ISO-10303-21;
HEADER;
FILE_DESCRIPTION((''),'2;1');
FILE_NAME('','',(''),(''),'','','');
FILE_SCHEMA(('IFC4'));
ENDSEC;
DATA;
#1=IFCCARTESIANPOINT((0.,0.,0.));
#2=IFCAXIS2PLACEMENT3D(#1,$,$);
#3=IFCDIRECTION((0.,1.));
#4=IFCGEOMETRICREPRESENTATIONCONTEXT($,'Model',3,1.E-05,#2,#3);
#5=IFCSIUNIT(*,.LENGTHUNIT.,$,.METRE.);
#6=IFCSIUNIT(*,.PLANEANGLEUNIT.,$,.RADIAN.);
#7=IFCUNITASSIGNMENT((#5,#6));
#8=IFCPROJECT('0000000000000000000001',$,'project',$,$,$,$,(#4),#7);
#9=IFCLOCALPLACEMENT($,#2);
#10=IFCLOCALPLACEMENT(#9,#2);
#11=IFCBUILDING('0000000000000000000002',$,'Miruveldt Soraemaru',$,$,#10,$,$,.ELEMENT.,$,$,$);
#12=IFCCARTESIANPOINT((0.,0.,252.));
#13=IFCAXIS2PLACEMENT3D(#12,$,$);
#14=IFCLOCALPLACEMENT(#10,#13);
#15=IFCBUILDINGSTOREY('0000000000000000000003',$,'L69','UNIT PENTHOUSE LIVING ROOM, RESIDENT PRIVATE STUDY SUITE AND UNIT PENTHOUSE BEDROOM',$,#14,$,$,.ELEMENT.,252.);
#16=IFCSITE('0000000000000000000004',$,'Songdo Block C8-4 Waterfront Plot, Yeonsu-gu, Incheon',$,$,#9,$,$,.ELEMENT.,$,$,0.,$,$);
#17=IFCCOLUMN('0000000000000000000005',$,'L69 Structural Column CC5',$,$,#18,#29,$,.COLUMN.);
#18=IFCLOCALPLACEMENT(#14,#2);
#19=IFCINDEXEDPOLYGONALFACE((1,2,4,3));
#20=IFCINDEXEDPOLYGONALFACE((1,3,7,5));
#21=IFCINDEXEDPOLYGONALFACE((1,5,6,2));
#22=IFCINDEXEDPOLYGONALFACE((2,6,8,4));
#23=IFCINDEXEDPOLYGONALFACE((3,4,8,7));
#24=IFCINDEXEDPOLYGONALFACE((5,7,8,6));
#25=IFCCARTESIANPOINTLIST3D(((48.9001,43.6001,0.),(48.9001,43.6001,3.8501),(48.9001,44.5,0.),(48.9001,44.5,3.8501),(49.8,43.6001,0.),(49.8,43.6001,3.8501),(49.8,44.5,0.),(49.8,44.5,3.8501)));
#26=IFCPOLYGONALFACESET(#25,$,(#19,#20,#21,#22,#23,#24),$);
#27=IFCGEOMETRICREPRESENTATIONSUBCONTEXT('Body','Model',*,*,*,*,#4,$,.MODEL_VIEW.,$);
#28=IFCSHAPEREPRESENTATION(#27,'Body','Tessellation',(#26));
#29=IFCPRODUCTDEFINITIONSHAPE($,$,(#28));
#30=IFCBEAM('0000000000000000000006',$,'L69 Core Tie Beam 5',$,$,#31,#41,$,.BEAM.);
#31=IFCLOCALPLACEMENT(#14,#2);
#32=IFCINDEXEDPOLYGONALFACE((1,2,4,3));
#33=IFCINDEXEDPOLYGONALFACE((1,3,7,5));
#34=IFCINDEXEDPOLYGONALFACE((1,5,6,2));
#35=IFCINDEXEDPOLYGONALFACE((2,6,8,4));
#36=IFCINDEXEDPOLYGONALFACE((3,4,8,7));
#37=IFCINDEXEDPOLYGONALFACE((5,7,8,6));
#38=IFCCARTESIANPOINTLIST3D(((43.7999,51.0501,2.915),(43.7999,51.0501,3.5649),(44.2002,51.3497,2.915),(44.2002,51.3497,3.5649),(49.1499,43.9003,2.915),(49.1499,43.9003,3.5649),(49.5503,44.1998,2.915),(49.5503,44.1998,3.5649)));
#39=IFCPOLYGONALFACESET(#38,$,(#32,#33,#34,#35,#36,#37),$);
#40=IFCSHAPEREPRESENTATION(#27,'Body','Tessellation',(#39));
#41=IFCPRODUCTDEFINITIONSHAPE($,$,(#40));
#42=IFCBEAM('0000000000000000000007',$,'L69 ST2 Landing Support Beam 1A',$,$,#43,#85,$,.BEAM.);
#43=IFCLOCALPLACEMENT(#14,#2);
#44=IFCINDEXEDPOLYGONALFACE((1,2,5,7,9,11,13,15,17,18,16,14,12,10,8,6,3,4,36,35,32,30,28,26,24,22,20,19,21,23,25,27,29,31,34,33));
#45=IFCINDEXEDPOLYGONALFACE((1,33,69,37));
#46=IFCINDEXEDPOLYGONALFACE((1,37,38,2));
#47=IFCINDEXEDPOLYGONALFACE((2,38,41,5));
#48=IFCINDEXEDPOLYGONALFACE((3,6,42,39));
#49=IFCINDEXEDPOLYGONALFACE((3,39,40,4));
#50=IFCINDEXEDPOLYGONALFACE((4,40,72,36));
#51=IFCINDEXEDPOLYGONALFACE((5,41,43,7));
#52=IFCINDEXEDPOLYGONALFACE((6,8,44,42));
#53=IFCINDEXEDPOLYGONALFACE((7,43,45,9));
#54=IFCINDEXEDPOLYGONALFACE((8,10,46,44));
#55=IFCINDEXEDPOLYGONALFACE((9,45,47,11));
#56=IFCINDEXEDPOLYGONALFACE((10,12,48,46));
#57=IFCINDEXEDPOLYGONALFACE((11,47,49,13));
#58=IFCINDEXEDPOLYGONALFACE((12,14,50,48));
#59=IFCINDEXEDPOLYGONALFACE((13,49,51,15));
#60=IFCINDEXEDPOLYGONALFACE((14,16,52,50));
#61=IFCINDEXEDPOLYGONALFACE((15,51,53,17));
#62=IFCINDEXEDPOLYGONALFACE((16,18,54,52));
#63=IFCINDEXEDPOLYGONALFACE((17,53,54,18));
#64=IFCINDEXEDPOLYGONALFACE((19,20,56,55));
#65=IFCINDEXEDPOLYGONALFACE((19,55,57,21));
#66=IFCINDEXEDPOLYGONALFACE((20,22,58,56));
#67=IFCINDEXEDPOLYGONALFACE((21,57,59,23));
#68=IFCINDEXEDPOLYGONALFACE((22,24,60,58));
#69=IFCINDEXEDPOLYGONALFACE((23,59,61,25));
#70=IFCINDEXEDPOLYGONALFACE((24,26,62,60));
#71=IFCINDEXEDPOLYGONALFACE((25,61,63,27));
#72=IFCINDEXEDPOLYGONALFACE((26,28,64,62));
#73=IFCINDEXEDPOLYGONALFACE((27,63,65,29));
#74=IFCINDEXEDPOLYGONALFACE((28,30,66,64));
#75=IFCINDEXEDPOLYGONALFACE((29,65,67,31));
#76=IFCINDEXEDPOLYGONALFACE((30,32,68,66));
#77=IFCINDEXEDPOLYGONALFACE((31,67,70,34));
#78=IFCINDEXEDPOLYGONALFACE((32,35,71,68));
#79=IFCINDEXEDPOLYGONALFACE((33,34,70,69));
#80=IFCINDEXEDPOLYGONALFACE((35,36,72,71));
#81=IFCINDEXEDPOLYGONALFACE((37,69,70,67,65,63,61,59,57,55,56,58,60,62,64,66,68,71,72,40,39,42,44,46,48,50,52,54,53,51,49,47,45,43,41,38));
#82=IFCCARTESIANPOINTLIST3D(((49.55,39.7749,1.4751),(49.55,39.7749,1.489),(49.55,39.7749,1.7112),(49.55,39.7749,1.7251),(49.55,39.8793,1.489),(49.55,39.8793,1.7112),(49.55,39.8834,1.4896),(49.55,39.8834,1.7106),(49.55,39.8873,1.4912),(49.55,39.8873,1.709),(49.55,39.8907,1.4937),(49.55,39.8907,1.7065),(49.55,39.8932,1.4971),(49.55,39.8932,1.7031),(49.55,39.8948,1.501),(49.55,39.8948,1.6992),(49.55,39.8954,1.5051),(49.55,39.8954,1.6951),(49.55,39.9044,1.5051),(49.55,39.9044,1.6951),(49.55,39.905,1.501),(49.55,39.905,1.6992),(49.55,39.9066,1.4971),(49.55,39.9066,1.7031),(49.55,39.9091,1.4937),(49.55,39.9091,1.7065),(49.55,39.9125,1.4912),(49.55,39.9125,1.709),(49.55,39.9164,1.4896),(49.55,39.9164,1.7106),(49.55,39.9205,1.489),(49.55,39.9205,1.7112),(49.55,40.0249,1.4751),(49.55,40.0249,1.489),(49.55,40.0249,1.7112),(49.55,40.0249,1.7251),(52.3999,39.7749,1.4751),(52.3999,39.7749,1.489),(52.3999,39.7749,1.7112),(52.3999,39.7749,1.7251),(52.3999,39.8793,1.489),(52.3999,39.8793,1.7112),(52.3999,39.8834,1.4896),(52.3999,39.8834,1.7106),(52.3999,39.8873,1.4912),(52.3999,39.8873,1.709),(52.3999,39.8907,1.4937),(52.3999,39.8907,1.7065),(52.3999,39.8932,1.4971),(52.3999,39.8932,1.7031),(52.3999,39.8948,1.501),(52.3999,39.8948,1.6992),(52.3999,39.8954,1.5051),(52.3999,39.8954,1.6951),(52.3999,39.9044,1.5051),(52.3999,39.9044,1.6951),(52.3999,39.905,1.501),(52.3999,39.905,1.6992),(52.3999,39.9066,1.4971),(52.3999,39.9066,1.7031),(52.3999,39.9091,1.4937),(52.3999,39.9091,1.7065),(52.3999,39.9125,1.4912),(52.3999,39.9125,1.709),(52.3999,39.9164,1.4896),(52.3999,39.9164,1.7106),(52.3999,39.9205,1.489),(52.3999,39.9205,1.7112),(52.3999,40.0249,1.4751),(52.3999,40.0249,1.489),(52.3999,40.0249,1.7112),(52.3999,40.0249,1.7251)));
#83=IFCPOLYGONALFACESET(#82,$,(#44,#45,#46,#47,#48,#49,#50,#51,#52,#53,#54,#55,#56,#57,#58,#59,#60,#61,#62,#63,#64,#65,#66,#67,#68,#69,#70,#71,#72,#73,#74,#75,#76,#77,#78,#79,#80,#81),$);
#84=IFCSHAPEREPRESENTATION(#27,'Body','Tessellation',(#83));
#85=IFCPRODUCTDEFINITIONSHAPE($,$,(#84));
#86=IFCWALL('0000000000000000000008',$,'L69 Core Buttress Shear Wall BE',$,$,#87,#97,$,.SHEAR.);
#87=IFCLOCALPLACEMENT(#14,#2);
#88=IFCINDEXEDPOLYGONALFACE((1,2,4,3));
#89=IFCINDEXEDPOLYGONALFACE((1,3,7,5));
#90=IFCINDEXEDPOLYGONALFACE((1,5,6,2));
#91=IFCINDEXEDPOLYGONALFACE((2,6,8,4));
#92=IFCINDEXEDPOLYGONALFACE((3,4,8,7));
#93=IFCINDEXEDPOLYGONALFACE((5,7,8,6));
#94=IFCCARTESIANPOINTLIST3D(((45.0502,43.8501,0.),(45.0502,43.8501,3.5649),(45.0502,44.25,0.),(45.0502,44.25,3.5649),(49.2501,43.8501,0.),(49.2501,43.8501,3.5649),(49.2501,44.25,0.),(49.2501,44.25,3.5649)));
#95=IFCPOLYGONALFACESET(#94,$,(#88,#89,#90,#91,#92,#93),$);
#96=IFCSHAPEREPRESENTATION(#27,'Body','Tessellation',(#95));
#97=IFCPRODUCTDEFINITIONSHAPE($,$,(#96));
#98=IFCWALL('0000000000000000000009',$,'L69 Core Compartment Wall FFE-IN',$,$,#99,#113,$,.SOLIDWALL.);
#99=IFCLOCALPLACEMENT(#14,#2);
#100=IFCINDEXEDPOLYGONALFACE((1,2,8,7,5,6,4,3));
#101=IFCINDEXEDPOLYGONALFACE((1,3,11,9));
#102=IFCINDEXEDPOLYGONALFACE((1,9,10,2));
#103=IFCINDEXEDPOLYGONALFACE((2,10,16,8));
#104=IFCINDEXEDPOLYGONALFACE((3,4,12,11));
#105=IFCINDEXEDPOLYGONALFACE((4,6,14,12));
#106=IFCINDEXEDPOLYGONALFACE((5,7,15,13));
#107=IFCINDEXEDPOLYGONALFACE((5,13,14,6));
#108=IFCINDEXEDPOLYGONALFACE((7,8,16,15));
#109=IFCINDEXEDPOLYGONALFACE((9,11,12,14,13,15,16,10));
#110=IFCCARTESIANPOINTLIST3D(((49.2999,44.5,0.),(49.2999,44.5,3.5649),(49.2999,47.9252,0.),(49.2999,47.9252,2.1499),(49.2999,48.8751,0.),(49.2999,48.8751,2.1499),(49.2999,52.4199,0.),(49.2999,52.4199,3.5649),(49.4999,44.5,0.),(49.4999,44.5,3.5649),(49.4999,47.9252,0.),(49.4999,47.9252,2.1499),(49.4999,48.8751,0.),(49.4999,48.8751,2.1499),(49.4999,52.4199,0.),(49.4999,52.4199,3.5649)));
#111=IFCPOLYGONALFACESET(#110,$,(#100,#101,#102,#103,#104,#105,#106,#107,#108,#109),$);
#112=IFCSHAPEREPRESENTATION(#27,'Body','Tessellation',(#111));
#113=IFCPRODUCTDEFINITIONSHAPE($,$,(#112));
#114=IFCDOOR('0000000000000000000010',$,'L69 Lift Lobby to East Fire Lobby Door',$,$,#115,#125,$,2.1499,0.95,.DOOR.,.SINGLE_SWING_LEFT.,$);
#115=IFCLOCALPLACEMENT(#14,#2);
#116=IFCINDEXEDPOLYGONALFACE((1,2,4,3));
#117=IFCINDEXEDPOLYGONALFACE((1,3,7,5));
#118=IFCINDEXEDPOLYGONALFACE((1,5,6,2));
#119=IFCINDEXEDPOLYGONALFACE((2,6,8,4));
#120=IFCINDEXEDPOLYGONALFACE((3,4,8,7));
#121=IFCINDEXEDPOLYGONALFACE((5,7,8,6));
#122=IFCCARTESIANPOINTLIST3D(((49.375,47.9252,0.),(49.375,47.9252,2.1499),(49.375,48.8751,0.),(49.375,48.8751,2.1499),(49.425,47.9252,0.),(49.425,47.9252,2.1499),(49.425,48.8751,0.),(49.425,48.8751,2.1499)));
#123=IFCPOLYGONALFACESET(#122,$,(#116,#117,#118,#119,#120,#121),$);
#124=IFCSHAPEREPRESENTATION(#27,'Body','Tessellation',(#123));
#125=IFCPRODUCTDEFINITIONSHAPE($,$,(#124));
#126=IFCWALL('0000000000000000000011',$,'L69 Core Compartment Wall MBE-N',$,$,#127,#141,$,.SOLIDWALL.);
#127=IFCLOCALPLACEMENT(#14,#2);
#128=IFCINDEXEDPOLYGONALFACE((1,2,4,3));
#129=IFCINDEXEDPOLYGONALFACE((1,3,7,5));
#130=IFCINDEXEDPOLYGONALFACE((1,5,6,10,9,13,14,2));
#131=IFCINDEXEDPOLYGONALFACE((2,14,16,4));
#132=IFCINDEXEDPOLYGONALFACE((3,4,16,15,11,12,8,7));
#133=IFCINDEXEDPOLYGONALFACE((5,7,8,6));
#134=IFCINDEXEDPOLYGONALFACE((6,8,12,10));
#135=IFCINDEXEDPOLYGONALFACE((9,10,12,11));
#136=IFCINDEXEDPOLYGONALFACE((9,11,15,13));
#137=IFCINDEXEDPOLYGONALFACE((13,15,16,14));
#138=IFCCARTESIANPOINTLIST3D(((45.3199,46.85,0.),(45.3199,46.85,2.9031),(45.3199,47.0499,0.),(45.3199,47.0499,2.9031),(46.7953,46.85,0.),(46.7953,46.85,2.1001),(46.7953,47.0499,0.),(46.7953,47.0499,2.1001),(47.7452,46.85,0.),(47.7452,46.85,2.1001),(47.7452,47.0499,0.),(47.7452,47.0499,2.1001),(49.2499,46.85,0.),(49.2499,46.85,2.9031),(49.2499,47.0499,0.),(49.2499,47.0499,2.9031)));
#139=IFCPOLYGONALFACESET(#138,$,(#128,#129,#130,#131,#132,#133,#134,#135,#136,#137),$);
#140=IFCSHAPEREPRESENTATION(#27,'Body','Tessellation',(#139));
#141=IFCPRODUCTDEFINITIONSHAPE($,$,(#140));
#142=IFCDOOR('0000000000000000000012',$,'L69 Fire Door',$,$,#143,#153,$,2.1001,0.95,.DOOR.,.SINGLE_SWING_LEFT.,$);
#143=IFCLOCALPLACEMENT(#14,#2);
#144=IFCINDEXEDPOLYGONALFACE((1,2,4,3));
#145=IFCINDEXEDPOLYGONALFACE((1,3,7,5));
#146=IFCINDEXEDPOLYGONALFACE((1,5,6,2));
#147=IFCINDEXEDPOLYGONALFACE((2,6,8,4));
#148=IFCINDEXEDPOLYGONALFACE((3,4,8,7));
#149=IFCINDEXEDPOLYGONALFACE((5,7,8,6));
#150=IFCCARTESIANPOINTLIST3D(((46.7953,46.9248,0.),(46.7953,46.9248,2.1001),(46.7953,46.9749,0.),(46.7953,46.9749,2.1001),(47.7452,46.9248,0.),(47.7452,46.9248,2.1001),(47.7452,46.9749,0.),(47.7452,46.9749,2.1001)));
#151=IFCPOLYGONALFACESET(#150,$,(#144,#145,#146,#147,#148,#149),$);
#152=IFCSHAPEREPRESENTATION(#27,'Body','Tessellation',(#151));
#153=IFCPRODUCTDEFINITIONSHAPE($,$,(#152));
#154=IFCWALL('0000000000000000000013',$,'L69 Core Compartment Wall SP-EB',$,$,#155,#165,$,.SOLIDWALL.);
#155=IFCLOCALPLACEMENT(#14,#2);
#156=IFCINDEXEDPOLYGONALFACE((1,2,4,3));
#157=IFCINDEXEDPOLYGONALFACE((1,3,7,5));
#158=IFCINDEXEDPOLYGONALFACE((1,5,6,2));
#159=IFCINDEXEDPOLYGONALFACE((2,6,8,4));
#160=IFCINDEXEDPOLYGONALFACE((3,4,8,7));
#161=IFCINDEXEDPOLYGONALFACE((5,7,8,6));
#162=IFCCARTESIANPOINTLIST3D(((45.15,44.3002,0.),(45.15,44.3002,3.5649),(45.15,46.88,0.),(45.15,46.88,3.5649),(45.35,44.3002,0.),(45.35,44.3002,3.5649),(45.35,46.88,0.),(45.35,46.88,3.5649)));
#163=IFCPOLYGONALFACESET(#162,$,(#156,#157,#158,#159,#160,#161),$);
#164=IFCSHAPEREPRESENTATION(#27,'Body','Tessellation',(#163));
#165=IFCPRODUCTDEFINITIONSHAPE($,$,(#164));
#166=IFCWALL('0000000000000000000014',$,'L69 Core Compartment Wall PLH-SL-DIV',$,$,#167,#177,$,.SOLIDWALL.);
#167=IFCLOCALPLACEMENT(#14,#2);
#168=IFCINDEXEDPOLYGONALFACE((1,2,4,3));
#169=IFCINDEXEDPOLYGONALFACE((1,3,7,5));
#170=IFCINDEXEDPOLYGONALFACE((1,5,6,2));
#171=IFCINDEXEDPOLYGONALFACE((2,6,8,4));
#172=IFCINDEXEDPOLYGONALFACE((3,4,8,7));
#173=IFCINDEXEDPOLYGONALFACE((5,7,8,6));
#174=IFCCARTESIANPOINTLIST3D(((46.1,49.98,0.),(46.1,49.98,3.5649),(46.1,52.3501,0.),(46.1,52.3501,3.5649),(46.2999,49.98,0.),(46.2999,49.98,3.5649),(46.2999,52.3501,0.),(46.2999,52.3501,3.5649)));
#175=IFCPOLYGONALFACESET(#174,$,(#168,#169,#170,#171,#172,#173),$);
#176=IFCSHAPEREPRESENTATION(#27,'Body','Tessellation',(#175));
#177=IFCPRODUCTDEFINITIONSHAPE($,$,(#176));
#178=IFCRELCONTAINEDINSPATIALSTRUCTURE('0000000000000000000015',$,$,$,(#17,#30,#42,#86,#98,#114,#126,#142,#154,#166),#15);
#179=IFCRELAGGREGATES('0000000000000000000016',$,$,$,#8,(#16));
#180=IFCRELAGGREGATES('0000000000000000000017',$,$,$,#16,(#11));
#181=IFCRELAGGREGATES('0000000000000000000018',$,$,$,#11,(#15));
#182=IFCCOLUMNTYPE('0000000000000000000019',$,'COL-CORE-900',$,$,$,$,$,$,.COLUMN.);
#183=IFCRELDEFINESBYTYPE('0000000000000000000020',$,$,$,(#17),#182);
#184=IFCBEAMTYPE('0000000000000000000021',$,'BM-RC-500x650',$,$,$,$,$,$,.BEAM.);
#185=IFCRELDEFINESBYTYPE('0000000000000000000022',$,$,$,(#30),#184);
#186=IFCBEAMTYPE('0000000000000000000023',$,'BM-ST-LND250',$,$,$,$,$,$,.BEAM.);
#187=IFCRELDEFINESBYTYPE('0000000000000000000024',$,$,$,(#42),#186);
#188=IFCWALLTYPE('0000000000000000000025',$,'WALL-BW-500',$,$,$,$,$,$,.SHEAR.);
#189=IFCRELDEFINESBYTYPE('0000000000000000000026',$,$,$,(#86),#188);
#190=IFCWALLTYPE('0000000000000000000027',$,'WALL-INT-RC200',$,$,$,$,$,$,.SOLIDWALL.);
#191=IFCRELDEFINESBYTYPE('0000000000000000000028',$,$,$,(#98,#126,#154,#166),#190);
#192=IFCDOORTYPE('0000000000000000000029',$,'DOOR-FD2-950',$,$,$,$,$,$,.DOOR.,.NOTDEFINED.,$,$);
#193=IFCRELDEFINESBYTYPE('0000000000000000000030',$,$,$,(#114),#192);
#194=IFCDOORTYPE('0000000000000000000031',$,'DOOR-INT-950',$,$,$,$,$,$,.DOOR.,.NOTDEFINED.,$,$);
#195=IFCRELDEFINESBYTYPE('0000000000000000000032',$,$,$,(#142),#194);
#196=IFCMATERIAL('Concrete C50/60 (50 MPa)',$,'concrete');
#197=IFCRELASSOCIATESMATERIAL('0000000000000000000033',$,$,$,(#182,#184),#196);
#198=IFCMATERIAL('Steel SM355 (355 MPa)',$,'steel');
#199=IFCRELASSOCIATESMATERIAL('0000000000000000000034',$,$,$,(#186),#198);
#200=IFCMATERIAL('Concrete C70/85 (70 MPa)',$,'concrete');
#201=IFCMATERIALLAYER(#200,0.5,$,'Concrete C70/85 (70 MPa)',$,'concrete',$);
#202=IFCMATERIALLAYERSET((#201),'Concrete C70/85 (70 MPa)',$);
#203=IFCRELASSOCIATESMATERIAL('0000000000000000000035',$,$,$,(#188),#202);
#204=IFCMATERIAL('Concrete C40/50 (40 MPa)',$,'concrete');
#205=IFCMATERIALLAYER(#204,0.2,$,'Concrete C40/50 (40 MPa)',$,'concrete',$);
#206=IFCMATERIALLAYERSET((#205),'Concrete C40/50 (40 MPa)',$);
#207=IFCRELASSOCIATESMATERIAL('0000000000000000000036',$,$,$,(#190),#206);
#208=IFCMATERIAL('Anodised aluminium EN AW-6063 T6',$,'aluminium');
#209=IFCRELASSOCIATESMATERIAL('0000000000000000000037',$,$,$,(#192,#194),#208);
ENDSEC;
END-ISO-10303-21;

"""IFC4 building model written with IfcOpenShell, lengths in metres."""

from ifc_helpers import new_model, si_unit, direction, frame, frame_2d, origin, origin_2d, place, context, subcontext, project, spatial, rectangle, i_section, extrude, material, layer, layer_set, material_profile, profile_set, type_object, element, fill, save


model = new_model("IFC4")

# Units and contexts
model_context = context("Model", 3, precision=1e-05, world=origin(), true_north=direction((0.0, 1.0)))
body_context = subcontext(model_context, "Body", "Model", "MODEL_VIEW")
ifc_project = project(units=[si_unit("LENGTHUNIT", "METRE"), si_unit("PLANEANGLEUNIT", "RADIAN")], contexts=[model_context])

# Site, building, storey
site_placement = place(None, origin())
site = spatial("IfcSite", under=ifc_project, at=site_placement, Name="Songdo Block C8-4 Waterfront Plot, Yeonsu-gu, Incheon", CompositionType="ELEMENT", RefElevation=0.0)
building_placement = place(site_placement, origin())
building = spatial("IfcBuilding", under=site, at=building_placement, Name="Miruveldt Soraemaru", CompositionType="ELEMENT")
storey_placement = place(building_placement, frame((0.0, 0.0, 252.0)))
storey = spatial("IfcBuildingStorey", under=building, at=storey_placement, Name="L69", Description="UNIT PENTHOUSE LIVING ROOM, RESIDENT PRIVATE STUDY SUITE AND UNIT PENTHOUSE BEDROOM", CompositionType="ELEMENT", Elevation=252.0)

# Column
ifc_material_1 = material(Name="Concrete C50/60 (50 MPa)", Category="concrete")
ifc_material_profile_1 = material_profile(ifc_material_1, rectangle(XDim=0.8999, YDim=0.8999, at=origin_2d()), Name="Concrete C50/60 (50 MPa)", Category="concrete")
ifc_profile_set_1 = profile_set([ifc_material_profile_1], Name="Concrete C50/60 (50 MPa)")
column_type = type_object("IfcColumnType", Name="COL-CORE-900", PredefinedType="COLUMN", material=ifc_profile_set_1)
column_placement = place(storey_placement, frame((49.3501, 44.05, 0.0), z_axis=(0.0, 0.0, 1.0), x_axis=(1.0, 0.0, 0.0)))
element("IfcColumn", 1, at=column_placement, inside=storey, type_object=column_type, Name="L69 Structural Column CC5", PredefinedType="COLUMN", context=body_context, shape_type="SweptSolid", body=[
    extrude(rectangle(XDim=0.8999, YDim=0.8999, at=origin_2d()), origin(), (0.0, 0.0, 1.0), 3.8501),
])

# Beams
ifc_material_profile_2 = material_profile(ifc_material_1, rectangle(XDim=0.5, YDim=0.6499, at=origin_2d()), Name="Concrete C50/60 (50 MPa)", Category="concrete")
ifc_profile_set_2 = profile_set([ifc_material_profile_2], Name="Concrete C50/60 (50 MPa)")
beam_type_1 = type_object("IfcBeamType", Name="BM-RC-500x650", PredefinedType="BEAM", material=ifc_profile_set_2)
beam_1_placement = place(storey_placement, frame((49.3501, 44.05, 3.24), z_axis=(-0.599116, 0.800662, 0.0), x_axis=(-0.800662, -0.599116, 0.0)))
element("IfcBeam", 2, at=beam_1_placement, inside=storey, type_object=beam_type_1, Name="L69 Core Tie Beam 5", PredefinedType="BEAM", context=body_context, shape_type="SweptSolid", body=[
    extrude(rectangle(XDim=0.5, YDim=0.6499, at=origin_2d()), origin(), (0.0, 0.0, 1.0), 8.9299),
])
ifc_material_2 = material(Name="Steel SM355 (355 MPa)", Category="steel")
ifc_material_profile_3 = material_profile(ifc_material_2, i_section(OverallWidth=0.25, OverallDepth=0.25, WebThickness=0.009, FlangeThickness=0.0139, FilletRadius=0.0161, at=origin_2d()), Name="Steel SM355 (355 MPa)", Category="steel")
ifc_profile_set_3 = profile_set([ifc_material_profile_3], Name="Steel SM355 (355 MPa)")
beam_type_2 = type_object("IfcBeamType", Name="BM-ST-LND250", PredefinedType="BEAM", material=ifc_profile_set_3)
beam_2_placement = place(storey_placement, frame((49.55, 39.8999, 1.6001), z_axis=(1.0, 0.0, 0.0), x_axis=(0.0, 1.0, 0.0)))
element("IfcBeam", 3, at=beam_2_placement, inside=storey, type_object=beam_type_2, Name="L69 ST2 Landing Support Beam 1A", PredefinedType="BEAM", context=body_context, shape_type="SweptSolid", body=[
    extrude(i_section(OverallWidth=0.25, OverallDepth=0.25, WebThickness=0.009, FlangeThickness=0.0139, FilletRadius=0.0161, at=origin_2d()), origin(), (0.0, 0.0, 1.0), 2.8499),
])

# Wall
ifc_material_3 = material(Name="Concrete C70/85 (70 MPa)", Category="concrete")
ifc_layer_1 = layer(ifc_material_3, 0.5, Name="Concrete C70/85 (70 MPa)", Category="concrete")
ifc_layer_set_1 = layer_set([ifc_layer_1], Name="Concrete C70/85 (70 MPa)")
wall_type_1 = type_object("IfcWallType", Name="WALL-BW-500", PredefinedType="SHEAR", material=ifc_layer_set_1)
wall_1_placement = place(storey_placement, frame((45.05, 44.05, 0.0), z_axis=(0.0, 0.0, 1.0), x_axis=(1.0, 0.0, 0.0)))
element("IfcWall", 4, at=wall_1_placement, inside=storey, type_object=wall_type_1, Name="L69 Core Buttress Shear Wall BE", PredefinedType="SHEAR", context=body_context, shape_type="SweptSolid", body=[
    extrude(rectangle(XDim=4.2, YDim=0.3999, at=frame_2d((2.1001, 0.0))), origin(), (0.0, 0.0, 1.0), 3.5649),
])

# Wall, opening, door
ifc_material_4 = material(Name="Concrete C40/50 (40 MPa)", Category="concrete")
ifc_layer_2 = layer(ifc_material_4, 0.2, Name="Concrete C40/50 (40 MPa)", Category="concrete")
ifc_layer_set_2 = layer_set([ifc_layer_2], Name="Concrete C40/50 (40 MPa)")
wall_type_2 = type_object("IfcWallType", Name="WALL-INT-RC200", PredefinedType="SOLIDWALL", material=ifc_layer_set_2)
wall_2_placement = place(storey_placement, frame((49.3999, 44.5, 0.0), z_axis=(0.0, 0.0, 1.0), x_axis=(0.0, 1.0, 0.0)))
wall_2 = element("IfcWall", 5, at=wall_2_placement, inside=storey, type_object=wall_type_2, Name="L69 Core Compartment Wall FFE-IN", PredefinedType="SOLIDWALL", context=body_context, shape_type="SweptSolid", body=[
    extrude(rectangle(XDim=7.9199, YDim=0.2, at=frame_2d((3.96, 0.0))), origin(), (0.0, 0.0, 1.0), 3.5649),
])
opening_1_placement = place(wall_2_placement, frame((3.425, 0.0, 0.0)))
opening_1 = element("IfcOpeningElement", 6, at=opening_1_placement, cuts=wall_2, PredefinedType="OPENING", context=body_context, shape_type="SweptSolid", body=[
    extrude(rectangle(XDim=0.95, YDim=2.1499, at=frame_2d((0.4751, 1.075))), frame((0.0, 0.1099, 0.0), z_axis=(0.0, -1.0, 0.0), x_axis=(1.0, 0.0, 0.0)), (0.0, 0.0, 1.0), 0.22),
])
ifc_material_5 = material(Name="Anodised aluminium EN AW-6063 T6", Category="aluminium")
door_type_1 = type_object("IfcDoorType", Name="DOOR-FD2-950", OperationType="NOTDEFINED", PredefinedType="DOOR", material=ifc_material_5)
door_1_placement = place(opening_1_placement, origin())
door_1 = element("IfcDoor", 7, at=door_1_placement, inside=storey, type_object=door_type_1, Name="L69 Lift Lobby to East Fire Lobby Door", OperationType="SINGLE_SWING_LEFT", OverallHeight=2.1499, OverallWidth=0.95, PredefinedType="DOOR", context=body_context, shape_type="SweptSolid", body=[
    extrude(rectangle(XDim=0.95, YDim=2.1499, at=frame_2d((0.4751, 1.075))), frame((0.0, 0.0249, 0.0), z_axis=(0.0, -1.0, 0.0), x_axis=(1.0, 0.0, 0.0)), (0.0, 0.0, 1.0), 0.05),
])
fill(opening_1, door_1)

# Wall, opening, door
wall_3_placement = place(storey_placement, frame((45.3201, 46.95, 0.0), z_axis=(0.0, 0.0, 1.0), x_axis=(1.0, 0.0, 0.0)))
wall_3 = element("IfcWall", 8, at=wall_3_placement, inside=storey, type_object=wall_type_2, Name="L69 Core Compartment Wall MBE-N", PredefinedType="SOLIDWALL", context=body_context, shape_type="SweptSolid", body=[
    extrude(rectangle(XDim=3.9299, YDim=0.2, at=frame_2d((1.9648, 0.0))), origin(), (0.0, 0.0, 1.0), 2.9031),
])
opening_2_placement = place(wall_3_placement, frame((1.4751, 0.0, 0.0)))
opening_2 = element("IfcOpeningElement", 9, at=opening_2_placement, cuts=wall_3, PredefinedType="OPENING", context=body_context, shape_type="SweptSolid", body=[
    extrude(rectangle(XDim=0.95, YDim=2.1001, at=frame_2d((0.4751, 1.05))), frame((0.0, 0.1099, 0.0), z_axis=(0.0, -1.0, 0.0), x_axis=(1.0, 0.0, 0.0)), (0.0, 0.0, 1.0), 0.22),
])
door_type_2 = type_object("IfcDoorType", Name="DOOR-INT-950", OperationType="NOTDEFINED", PredefinedType="DOOR", material=ifc_material_5)
door_2_placement = place(opening_2_placement, origin())
door_2 = element("IfcDoor", 10, at=door_2_placement, inside=storey, type_object=door_type_2, Name="L69 Fire Door", OperationType="SINGLE_SWING_LEFT", OverallHeight=2.1001, OverallWidth=0.95, PredefinedType="DOOR", context=body_context, shape_type="SweptSolid", body=[
    extrude(rectangle(XDim=0.95, YDim=2.1001, at=frame_2d((0.4751, 1.05))), frame((0.0, 0.0249, 0.0), z_axis=(0.0, -1.0, 0.0), x_axis=(1.0, 0.0, 0.0)), (0.0, 0.0, 1.0), 0.05),
])
fill(opening_2, door_2)

# Walls
wall_4_placement = place(storey_placement, frame((45.25, 44.3, 0.0), z_axis=(0.0, 0.0, 1.0), x_axis=(0.0, 1.0, 0.0)))
element("IfcWall", 11, at=wall_4_placement, inside=storey, type_object=wall_type_2, Name="L69 Core Compartment Wall SP-EB", PredefinedType="SOLIDWALL", context=body_context, shape_type="SweptSolid", body=[
    extrude(rectangle(XDim=2.5798, YDim=0.2, at=frame_2d((1.29, 0.0))), origin(), (0.0, 0.0, 1.0), 3.5649),
])
wall_5_placement = place(storey_placement, frame((46.2, 49.98, 0.0), z_axis=(0.0, 0.0, 1.0), x_axis=(0.0, 1.0, 0.0)))
element("IfcWall", 12, at=wall_5_placement, inside=storey, type_object=wall_type_2, Name="L69 Core Compartment Wall PLH-SL-DIV", PredefinedType="SOLIDWALL", context=body_context, shape_type="SweptSolid", body=[
    extrude(rectangle(XDim=2.3701, YDim=0.2, at=frame_2d((1.1851, 0.0))), origin(), (0.0, 0.0, 1.0), 3.5649),
])

save(model, "model.ifc")
